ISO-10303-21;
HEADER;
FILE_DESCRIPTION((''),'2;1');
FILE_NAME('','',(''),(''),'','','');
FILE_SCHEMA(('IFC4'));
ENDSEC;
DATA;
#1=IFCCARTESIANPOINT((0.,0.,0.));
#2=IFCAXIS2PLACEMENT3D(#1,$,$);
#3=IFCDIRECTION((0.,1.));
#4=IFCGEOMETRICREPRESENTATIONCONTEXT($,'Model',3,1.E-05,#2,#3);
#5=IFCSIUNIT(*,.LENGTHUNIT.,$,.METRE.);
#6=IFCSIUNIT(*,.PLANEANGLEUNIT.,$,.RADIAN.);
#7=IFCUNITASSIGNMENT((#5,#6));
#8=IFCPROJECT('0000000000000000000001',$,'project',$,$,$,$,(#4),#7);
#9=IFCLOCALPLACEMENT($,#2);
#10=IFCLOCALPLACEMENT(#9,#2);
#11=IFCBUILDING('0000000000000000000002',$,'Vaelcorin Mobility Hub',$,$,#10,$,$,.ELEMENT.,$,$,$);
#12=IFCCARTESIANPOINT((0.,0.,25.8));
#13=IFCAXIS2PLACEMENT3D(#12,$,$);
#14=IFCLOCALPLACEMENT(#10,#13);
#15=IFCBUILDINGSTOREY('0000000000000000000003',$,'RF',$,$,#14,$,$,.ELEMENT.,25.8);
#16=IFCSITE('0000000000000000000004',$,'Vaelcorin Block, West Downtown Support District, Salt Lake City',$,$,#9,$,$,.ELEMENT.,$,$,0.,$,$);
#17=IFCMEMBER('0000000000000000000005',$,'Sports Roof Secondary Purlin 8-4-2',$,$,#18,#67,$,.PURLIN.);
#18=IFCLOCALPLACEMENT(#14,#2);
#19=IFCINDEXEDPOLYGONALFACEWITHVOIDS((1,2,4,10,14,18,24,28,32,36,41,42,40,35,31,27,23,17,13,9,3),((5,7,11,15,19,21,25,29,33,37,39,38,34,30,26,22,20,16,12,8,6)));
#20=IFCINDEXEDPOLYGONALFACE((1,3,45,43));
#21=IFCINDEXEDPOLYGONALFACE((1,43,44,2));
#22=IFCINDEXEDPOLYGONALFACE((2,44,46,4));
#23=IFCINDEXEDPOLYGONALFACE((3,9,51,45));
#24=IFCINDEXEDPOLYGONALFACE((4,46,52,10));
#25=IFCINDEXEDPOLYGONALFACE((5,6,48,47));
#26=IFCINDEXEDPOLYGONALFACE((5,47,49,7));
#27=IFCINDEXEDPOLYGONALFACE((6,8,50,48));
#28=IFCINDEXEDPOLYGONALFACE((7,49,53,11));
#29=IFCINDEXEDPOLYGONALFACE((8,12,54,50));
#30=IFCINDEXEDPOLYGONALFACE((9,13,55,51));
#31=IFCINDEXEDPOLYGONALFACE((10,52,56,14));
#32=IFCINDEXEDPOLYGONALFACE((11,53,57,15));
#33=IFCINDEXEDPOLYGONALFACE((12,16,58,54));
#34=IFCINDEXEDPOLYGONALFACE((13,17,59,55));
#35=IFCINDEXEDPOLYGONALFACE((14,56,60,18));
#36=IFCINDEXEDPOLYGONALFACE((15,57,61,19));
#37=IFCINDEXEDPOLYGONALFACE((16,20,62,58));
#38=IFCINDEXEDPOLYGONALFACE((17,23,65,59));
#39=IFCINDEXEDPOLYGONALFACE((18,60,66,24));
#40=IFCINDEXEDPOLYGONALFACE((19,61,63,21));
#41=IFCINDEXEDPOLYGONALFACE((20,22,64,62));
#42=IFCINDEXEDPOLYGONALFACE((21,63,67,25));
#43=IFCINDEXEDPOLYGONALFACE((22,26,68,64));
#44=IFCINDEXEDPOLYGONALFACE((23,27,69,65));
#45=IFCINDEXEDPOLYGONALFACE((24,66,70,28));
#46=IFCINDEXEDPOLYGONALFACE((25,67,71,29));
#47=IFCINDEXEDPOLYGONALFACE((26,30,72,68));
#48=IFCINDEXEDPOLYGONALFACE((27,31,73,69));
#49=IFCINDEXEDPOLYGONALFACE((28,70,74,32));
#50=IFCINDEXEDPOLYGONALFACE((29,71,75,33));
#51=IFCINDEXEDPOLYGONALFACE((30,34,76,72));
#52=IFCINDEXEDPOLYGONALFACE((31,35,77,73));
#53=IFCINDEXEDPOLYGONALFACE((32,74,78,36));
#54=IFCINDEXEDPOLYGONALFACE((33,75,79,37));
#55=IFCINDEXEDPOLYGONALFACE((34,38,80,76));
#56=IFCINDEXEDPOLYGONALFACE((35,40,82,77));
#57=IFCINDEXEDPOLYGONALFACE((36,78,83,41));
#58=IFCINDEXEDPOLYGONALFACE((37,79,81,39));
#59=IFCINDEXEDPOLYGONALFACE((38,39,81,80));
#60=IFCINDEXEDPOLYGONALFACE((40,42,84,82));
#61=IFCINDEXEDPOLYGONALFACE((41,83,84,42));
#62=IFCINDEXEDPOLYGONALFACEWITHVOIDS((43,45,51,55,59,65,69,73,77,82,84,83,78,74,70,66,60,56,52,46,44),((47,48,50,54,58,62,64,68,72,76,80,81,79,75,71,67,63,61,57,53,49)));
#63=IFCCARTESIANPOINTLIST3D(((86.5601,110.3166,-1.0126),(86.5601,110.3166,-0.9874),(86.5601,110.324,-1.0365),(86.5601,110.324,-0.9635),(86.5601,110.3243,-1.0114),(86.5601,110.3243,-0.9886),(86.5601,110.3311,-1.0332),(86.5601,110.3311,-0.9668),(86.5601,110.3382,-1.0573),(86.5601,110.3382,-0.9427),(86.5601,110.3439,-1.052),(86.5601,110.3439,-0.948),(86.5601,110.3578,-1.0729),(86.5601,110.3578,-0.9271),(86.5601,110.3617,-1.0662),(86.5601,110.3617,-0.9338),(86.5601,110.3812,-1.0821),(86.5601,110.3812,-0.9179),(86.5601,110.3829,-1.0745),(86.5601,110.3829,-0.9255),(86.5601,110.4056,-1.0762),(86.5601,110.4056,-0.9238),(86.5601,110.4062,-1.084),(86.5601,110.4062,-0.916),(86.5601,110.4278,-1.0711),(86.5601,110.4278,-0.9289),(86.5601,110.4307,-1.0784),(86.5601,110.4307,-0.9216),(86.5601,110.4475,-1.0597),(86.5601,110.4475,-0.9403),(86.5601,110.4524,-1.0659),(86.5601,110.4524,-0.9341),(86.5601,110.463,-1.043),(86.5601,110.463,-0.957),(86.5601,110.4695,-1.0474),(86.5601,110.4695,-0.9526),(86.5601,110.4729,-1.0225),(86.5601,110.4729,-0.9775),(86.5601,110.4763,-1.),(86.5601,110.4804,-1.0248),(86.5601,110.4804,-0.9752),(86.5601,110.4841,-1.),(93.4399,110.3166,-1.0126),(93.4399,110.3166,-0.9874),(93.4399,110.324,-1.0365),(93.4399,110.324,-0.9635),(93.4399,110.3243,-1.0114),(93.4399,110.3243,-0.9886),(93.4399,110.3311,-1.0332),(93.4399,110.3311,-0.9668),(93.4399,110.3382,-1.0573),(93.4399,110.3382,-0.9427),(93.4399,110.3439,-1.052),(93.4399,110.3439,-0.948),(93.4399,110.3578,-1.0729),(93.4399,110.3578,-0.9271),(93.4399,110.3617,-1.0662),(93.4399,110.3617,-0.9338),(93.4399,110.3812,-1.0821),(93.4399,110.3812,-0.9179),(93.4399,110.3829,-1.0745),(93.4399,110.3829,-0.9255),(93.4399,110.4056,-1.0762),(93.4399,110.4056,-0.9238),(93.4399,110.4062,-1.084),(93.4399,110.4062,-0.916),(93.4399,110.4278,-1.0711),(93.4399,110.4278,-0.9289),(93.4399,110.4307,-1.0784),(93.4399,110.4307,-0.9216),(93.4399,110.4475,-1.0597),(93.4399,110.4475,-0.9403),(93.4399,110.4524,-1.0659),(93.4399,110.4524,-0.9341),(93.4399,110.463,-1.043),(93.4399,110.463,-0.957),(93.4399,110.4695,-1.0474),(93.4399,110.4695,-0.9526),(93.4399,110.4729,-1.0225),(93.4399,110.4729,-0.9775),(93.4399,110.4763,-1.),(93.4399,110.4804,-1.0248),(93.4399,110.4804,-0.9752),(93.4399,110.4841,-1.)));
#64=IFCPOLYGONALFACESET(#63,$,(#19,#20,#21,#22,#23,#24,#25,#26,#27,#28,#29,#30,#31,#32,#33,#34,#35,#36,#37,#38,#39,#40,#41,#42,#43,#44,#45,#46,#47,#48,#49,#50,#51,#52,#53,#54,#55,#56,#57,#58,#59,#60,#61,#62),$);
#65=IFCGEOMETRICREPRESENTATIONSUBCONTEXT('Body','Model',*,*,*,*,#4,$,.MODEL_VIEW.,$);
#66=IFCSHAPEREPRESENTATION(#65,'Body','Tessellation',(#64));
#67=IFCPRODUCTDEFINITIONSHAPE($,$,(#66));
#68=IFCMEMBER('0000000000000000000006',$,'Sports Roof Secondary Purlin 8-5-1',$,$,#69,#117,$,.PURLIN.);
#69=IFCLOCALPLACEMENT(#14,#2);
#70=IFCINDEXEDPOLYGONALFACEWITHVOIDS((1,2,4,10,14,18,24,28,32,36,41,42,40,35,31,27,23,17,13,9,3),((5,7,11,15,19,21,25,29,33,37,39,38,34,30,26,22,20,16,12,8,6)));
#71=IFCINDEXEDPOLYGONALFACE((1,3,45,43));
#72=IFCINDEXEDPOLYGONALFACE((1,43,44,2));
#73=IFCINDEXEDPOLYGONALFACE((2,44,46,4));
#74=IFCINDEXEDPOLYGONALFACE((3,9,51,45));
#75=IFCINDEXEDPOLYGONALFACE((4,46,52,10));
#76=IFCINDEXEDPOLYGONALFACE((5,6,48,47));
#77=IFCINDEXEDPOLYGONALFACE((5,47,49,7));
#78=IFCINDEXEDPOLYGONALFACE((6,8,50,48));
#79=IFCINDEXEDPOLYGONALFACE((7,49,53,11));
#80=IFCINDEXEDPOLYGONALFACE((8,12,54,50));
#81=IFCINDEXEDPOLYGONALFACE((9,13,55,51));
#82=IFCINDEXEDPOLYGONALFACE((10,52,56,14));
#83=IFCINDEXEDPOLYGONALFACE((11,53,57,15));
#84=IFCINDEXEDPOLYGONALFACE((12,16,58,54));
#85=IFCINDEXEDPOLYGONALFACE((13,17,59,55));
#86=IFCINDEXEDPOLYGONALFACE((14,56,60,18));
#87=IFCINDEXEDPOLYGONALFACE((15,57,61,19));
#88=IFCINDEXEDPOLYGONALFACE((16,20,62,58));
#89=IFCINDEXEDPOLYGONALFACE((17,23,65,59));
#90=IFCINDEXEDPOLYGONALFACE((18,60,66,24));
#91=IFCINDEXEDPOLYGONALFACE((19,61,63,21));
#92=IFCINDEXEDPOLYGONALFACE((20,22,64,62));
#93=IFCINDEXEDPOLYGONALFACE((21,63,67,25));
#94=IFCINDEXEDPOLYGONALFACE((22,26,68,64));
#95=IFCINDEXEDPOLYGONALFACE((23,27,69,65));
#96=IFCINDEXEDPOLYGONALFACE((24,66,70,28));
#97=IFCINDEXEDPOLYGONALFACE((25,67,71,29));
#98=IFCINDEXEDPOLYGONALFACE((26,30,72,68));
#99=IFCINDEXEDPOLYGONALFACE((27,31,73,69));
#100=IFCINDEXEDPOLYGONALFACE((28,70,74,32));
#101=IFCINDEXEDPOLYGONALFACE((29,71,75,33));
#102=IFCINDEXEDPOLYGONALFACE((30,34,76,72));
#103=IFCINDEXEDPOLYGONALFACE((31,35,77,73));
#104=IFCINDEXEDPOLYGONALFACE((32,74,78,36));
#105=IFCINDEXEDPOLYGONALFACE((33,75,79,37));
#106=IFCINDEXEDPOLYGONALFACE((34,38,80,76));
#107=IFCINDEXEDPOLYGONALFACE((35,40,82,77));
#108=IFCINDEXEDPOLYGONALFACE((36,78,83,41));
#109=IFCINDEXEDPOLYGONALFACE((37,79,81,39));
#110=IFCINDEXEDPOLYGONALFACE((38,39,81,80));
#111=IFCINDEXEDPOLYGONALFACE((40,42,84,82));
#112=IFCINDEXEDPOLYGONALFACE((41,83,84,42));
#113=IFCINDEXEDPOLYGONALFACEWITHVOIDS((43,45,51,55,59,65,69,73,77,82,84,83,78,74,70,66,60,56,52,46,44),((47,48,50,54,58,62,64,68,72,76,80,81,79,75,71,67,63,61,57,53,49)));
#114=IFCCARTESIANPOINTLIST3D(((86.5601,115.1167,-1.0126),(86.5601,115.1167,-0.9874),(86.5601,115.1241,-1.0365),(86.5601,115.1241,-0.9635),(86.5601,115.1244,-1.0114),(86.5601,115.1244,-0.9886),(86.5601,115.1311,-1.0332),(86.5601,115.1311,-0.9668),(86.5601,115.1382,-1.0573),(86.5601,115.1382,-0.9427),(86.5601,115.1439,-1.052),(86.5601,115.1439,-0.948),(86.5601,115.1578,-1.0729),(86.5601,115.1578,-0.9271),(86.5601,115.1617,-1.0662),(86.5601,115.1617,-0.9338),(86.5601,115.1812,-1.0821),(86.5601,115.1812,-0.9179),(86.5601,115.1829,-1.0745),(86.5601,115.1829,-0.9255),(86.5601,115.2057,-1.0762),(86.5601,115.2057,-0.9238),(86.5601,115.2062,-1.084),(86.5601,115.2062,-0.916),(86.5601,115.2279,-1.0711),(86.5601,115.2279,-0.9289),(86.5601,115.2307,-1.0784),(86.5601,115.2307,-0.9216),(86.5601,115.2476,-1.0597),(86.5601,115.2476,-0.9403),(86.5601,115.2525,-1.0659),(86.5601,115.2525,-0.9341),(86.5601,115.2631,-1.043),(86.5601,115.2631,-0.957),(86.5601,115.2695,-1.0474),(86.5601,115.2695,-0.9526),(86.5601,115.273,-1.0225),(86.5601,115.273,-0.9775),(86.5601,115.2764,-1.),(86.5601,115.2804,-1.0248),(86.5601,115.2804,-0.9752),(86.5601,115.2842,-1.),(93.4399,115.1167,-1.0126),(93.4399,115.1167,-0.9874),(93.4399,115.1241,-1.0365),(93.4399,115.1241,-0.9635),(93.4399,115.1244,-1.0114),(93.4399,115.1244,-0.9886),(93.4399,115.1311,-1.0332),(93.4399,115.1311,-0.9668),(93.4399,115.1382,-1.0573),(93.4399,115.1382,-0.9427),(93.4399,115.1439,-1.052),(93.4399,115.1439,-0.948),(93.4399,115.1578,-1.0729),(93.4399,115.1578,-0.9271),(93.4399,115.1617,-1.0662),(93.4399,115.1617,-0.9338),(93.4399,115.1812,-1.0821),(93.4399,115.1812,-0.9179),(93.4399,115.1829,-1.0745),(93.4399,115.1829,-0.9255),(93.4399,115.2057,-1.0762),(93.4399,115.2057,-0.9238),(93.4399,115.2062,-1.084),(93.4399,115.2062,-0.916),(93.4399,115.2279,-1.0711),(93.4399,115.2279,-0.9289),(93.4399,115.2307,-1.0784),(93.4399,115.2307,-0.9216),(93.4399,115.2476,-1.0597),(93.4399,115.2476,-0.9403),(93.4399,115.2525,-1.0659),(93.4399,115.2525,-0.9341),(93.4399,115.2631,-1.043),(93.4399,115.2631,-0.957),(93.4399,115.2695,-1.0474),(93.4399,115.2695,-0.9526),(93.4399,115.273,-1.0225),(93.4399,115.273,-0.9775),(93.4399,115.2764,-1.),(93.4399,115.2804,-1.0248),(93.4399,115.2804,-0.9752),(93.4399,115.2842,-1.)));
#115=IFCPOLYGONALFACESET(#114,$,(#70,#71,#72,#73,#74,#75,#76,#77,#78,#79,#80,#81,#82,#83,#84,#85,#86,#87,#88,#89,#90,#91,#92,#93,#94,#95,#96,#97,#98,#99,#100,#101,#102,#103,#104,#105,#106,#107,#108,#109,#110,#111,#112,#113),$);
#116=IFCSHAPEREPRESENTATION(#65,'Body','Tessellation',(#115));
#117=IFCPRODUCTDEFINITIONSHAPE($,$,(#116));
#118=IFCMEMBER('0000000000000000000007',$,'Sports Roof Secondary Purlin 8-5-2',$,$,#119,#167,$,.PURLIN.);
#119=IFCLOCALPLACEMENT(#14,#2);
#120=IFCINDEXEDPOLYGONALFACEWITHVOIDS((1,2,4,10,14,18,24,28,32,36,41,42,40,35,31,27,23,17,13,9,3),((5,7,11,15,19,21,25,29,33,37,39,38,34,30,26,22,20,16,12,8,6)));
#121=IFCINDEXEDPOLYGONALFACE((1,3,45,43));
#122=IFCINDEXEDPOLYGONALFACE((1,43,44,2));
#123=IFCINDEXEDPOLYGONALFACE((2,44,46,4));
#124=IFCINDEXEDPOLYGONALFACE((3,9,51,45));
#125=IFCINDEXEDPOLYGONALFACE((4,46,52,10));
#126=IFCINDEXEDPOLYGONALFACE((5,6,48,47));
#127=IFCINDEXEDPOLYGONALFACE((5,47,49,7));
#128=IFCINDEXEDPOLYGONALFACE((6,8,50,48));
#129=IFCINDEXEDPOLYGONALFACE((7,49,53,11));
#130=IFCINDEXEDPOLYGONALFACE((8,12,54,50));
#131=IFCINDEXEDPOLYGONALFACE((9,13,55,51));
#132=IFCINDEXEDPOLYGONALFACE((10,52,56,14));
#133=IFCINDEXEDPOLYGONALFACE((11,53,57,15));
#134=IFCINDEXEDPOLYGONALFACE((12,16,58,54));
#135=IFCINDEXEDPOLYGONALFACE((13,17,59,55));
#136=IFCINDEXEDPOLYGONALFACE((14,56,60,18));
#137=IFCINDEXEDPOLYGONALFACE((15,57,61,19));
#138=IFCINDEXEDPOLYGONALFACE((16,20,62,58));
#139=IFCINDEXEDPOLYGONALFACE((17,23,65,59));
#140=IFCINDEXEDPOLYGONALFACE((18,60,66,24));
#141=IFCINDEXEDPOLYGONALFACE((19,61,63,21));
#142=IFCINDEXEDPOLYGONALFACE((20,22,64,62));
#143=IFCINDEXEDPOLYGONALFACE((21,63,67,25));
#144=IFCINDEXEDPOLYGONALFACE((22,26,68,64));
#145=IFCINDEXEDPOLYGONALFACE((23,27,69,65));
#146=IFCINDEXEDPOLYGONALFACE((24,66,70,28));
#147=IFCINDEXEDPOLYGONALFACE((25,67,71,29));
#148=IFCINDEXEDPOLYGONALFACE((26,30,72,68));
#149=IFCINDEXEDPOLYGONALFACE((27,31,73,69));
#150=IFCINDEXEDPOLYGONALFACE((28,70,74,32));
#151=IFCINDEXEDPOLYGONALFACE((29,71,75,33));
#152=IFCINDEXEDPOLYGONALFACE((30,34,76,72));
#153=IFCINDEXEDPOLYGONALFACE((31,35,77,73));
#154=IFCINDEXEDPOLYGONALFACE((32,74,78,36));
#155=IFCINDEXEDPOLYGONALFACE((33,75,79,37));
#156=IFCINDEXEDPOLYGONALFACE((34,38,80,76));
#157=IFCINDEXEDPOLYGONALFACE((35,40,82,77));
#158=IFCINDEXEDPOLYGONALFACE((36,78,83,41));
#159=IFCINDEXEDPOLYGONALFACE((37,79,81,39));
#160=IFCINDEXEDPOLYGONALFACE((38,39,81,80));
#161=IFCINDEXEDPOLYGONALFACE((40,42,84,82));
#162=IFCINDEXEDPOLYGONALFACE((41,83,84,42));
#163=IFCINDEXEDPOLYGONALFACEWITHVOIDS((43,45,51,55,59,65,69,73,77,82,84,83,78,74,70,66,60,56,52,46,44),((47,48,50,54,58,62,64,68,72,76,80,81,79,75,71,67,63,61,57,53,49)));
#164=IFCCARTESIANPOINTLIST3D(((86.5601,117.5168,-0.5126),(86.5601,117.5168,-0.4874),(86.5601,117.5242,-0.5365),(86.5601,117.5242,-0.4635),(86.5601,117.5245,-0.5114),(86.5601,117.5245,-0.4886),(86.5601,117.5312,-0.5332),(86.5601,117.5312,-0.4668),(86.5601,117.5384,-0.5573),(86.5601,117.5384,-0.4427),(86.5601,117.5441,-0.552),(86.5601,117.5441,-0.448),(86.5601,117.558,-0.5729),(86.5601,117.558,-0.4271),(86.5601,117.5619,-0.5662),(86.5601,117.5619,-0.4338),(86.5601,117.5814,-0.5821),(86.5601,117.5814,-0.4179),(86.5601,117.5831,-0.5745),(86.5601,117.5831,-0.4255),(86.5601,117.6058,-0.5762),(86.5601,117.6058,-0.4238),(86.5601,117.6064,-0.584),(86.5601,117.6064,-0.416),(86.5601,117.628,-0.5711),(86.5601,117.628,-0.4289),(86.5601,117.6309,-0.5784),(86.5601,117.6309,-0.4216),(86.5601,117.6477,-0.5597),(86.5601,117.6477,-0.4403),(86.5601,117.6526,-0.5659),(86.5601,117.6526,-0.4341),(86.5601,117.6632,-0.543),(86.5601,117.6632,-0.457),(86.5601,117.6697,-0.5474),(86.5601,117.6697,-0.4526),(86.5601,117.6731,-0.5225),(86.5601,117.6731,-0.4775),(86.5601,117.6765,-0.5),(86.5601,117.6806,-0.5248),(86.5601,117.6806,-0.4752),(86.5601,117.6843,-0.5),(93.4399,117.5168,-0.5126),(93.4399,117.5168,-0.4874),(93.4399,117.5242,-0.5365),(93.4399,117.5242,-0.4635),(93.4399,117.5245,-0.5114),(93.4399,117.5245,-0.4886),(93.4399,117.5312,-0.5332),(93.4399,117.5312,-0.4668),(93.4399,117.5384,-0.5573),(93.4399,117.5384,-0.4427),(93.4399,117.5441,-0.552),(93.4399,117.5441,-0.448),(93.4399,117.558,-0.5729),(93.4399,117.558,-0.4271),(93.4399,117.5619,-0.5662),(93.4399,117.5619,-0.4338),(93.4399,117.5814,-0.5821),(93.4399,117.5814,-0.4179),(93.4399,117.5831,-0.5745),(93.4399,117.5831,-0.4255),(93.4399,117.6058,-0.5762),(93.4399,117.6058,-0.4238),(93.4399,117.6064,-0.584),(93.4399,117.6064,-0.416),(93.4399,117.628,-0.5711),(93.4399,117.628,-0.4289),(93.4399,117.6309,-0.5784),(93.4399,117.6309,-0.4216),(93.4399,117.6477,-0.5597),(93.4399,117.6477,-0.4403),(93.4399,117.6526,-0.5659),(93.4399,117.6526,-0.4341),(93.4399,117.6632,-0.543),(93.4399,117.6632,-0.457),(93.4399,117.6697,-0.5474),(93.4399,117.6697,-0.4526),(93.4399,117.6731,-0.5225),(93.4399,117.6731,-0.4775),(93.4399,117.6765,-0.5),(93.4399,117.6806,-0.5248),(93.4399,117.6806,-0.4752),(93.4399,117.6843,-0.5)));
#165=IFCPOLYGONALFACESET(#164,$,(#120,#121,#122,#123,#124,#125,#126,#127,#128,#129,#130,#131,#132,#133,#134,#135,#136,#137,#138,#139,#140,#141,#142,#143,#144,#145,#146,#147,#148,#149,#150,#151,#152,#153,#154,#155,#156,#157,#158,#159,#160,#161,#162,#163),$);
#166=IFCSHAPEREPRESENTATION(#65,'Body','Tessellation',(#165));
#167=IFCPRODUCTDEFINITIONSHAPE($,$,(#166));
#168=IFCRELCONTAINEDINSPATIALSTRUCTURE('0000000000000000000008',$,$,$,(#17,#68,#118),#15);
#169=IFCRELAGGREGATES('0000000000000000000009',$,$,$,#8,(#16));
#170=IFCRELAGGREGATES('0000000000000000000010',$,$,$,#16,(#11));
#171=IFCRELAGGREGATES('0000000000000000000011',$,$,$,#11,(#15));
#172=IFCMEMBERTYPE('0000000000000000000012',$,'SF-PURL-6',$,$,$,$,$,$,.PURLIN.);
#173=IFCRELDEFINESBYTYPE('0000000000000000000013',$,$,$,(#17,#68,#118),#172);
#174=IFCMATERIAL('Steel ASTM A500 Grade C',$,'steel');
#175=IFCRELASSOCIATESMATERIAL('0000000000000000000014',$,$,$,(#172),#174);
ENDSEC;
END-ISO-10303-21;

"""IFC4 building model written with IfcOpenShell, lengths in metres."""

from ifc_helpers import new_model, si_unit, direction, frame, origin, origin_2d, place, context, subcontext, project, spatial, hollow_circle, extrude, material, material_profile, profile_set, type_object, element, save


model = new_model("IFC4")

# Units and contexts
model_context = context("Model", 3, precision=1e-05, world=origin(), true_north=direction((0.0, 1.0)))
body_context = subcontext(model_context, "Body", "Model", "MODEL_VIEW")
ifc_project = project(units=[si_unit("LENGTHUNIT", "METRE"), si_unit("PLANEANGLEUNIT", "RADIAN")], contexts=[model_context])

# Site, building, storey
site_placement = place(None, origin())
site = spatial("IfcSite", under=ifc_project, at=site_placement, Name="Vaelcorin Block, West Downtown Support District, Salt Lake City", CompositionType="ELEMENT", RefElevation=0.0)
building_placement = place(site_placement, origin())
building = spatial("IfcBuilding", under=site, at=building_placement, Name="Vaelcorin Mobility Hub", CompositionType="ELEMENT")
storey_placement = place(building_placement, frame((0.0, 0.0, 25.8)))
storey = spatial("IfcBuildingStorey", under=building, at=storey_placement, Name="RF", CompositionType="ELEMENT", Elevation=25.8)

# Members
ifc_material_1 = material(Name="Steel ASTM A500 Grade C", Category="steel")
ifc_material_profile_1 = material_profile(ifc_material_1, hollow_circle(Radius=0.0842, WallThickness=0.0078, at=origin_2d()), Name="HSS6.625X0.312")
ifc_profile_set_1 = profile_set([ifc_material_profile_1], Name="Steel ASTM A500 Grade C")
member_type_1 = type_object("IfcMemberType", Name="SF-PURL-6", PredefinedType="PURLIN", material=ifc_profile_set_1)
for number, where, z_axis, x_axis, name in (
    (1, (86.5601, 110.3999, -1.0), (1.0, 0.0, 0.0), (0.0, 1.0, 0.0), "Sports Roof Secondary Purlin 8-4-2"),
    (2, (86.5601, 115.2, -1.0), (1.0, 0.0, 0.0), (0.0, 1.0, 0.0), "Sports Roof Secondary Purlin 8-5-1"),
    (3, (86.5601, 117.6001, -0.5), (1.0, 0.0, 0.0), (0.0, 1.0, 0.0), "Sports Roof Secondary Purlin 8-5-2"),
):
    element("IfcMember", number, at=place(storey_placement, frame(where, z_axis=z_axis, x_axis=x_axis)), inside=storey, type_object=member_type_1, Name=name, PredefinedType="PURLIN", context=body_context, shape_type="SweptSolid", body=[
        extrude(hollow_circle(Radius=0.0842, WallThickness=0.0078, at=origin_2d()), origin(), (0.0, 0.0, 1.0), 6.8799),
    ])

save(model, "model.ifc")
